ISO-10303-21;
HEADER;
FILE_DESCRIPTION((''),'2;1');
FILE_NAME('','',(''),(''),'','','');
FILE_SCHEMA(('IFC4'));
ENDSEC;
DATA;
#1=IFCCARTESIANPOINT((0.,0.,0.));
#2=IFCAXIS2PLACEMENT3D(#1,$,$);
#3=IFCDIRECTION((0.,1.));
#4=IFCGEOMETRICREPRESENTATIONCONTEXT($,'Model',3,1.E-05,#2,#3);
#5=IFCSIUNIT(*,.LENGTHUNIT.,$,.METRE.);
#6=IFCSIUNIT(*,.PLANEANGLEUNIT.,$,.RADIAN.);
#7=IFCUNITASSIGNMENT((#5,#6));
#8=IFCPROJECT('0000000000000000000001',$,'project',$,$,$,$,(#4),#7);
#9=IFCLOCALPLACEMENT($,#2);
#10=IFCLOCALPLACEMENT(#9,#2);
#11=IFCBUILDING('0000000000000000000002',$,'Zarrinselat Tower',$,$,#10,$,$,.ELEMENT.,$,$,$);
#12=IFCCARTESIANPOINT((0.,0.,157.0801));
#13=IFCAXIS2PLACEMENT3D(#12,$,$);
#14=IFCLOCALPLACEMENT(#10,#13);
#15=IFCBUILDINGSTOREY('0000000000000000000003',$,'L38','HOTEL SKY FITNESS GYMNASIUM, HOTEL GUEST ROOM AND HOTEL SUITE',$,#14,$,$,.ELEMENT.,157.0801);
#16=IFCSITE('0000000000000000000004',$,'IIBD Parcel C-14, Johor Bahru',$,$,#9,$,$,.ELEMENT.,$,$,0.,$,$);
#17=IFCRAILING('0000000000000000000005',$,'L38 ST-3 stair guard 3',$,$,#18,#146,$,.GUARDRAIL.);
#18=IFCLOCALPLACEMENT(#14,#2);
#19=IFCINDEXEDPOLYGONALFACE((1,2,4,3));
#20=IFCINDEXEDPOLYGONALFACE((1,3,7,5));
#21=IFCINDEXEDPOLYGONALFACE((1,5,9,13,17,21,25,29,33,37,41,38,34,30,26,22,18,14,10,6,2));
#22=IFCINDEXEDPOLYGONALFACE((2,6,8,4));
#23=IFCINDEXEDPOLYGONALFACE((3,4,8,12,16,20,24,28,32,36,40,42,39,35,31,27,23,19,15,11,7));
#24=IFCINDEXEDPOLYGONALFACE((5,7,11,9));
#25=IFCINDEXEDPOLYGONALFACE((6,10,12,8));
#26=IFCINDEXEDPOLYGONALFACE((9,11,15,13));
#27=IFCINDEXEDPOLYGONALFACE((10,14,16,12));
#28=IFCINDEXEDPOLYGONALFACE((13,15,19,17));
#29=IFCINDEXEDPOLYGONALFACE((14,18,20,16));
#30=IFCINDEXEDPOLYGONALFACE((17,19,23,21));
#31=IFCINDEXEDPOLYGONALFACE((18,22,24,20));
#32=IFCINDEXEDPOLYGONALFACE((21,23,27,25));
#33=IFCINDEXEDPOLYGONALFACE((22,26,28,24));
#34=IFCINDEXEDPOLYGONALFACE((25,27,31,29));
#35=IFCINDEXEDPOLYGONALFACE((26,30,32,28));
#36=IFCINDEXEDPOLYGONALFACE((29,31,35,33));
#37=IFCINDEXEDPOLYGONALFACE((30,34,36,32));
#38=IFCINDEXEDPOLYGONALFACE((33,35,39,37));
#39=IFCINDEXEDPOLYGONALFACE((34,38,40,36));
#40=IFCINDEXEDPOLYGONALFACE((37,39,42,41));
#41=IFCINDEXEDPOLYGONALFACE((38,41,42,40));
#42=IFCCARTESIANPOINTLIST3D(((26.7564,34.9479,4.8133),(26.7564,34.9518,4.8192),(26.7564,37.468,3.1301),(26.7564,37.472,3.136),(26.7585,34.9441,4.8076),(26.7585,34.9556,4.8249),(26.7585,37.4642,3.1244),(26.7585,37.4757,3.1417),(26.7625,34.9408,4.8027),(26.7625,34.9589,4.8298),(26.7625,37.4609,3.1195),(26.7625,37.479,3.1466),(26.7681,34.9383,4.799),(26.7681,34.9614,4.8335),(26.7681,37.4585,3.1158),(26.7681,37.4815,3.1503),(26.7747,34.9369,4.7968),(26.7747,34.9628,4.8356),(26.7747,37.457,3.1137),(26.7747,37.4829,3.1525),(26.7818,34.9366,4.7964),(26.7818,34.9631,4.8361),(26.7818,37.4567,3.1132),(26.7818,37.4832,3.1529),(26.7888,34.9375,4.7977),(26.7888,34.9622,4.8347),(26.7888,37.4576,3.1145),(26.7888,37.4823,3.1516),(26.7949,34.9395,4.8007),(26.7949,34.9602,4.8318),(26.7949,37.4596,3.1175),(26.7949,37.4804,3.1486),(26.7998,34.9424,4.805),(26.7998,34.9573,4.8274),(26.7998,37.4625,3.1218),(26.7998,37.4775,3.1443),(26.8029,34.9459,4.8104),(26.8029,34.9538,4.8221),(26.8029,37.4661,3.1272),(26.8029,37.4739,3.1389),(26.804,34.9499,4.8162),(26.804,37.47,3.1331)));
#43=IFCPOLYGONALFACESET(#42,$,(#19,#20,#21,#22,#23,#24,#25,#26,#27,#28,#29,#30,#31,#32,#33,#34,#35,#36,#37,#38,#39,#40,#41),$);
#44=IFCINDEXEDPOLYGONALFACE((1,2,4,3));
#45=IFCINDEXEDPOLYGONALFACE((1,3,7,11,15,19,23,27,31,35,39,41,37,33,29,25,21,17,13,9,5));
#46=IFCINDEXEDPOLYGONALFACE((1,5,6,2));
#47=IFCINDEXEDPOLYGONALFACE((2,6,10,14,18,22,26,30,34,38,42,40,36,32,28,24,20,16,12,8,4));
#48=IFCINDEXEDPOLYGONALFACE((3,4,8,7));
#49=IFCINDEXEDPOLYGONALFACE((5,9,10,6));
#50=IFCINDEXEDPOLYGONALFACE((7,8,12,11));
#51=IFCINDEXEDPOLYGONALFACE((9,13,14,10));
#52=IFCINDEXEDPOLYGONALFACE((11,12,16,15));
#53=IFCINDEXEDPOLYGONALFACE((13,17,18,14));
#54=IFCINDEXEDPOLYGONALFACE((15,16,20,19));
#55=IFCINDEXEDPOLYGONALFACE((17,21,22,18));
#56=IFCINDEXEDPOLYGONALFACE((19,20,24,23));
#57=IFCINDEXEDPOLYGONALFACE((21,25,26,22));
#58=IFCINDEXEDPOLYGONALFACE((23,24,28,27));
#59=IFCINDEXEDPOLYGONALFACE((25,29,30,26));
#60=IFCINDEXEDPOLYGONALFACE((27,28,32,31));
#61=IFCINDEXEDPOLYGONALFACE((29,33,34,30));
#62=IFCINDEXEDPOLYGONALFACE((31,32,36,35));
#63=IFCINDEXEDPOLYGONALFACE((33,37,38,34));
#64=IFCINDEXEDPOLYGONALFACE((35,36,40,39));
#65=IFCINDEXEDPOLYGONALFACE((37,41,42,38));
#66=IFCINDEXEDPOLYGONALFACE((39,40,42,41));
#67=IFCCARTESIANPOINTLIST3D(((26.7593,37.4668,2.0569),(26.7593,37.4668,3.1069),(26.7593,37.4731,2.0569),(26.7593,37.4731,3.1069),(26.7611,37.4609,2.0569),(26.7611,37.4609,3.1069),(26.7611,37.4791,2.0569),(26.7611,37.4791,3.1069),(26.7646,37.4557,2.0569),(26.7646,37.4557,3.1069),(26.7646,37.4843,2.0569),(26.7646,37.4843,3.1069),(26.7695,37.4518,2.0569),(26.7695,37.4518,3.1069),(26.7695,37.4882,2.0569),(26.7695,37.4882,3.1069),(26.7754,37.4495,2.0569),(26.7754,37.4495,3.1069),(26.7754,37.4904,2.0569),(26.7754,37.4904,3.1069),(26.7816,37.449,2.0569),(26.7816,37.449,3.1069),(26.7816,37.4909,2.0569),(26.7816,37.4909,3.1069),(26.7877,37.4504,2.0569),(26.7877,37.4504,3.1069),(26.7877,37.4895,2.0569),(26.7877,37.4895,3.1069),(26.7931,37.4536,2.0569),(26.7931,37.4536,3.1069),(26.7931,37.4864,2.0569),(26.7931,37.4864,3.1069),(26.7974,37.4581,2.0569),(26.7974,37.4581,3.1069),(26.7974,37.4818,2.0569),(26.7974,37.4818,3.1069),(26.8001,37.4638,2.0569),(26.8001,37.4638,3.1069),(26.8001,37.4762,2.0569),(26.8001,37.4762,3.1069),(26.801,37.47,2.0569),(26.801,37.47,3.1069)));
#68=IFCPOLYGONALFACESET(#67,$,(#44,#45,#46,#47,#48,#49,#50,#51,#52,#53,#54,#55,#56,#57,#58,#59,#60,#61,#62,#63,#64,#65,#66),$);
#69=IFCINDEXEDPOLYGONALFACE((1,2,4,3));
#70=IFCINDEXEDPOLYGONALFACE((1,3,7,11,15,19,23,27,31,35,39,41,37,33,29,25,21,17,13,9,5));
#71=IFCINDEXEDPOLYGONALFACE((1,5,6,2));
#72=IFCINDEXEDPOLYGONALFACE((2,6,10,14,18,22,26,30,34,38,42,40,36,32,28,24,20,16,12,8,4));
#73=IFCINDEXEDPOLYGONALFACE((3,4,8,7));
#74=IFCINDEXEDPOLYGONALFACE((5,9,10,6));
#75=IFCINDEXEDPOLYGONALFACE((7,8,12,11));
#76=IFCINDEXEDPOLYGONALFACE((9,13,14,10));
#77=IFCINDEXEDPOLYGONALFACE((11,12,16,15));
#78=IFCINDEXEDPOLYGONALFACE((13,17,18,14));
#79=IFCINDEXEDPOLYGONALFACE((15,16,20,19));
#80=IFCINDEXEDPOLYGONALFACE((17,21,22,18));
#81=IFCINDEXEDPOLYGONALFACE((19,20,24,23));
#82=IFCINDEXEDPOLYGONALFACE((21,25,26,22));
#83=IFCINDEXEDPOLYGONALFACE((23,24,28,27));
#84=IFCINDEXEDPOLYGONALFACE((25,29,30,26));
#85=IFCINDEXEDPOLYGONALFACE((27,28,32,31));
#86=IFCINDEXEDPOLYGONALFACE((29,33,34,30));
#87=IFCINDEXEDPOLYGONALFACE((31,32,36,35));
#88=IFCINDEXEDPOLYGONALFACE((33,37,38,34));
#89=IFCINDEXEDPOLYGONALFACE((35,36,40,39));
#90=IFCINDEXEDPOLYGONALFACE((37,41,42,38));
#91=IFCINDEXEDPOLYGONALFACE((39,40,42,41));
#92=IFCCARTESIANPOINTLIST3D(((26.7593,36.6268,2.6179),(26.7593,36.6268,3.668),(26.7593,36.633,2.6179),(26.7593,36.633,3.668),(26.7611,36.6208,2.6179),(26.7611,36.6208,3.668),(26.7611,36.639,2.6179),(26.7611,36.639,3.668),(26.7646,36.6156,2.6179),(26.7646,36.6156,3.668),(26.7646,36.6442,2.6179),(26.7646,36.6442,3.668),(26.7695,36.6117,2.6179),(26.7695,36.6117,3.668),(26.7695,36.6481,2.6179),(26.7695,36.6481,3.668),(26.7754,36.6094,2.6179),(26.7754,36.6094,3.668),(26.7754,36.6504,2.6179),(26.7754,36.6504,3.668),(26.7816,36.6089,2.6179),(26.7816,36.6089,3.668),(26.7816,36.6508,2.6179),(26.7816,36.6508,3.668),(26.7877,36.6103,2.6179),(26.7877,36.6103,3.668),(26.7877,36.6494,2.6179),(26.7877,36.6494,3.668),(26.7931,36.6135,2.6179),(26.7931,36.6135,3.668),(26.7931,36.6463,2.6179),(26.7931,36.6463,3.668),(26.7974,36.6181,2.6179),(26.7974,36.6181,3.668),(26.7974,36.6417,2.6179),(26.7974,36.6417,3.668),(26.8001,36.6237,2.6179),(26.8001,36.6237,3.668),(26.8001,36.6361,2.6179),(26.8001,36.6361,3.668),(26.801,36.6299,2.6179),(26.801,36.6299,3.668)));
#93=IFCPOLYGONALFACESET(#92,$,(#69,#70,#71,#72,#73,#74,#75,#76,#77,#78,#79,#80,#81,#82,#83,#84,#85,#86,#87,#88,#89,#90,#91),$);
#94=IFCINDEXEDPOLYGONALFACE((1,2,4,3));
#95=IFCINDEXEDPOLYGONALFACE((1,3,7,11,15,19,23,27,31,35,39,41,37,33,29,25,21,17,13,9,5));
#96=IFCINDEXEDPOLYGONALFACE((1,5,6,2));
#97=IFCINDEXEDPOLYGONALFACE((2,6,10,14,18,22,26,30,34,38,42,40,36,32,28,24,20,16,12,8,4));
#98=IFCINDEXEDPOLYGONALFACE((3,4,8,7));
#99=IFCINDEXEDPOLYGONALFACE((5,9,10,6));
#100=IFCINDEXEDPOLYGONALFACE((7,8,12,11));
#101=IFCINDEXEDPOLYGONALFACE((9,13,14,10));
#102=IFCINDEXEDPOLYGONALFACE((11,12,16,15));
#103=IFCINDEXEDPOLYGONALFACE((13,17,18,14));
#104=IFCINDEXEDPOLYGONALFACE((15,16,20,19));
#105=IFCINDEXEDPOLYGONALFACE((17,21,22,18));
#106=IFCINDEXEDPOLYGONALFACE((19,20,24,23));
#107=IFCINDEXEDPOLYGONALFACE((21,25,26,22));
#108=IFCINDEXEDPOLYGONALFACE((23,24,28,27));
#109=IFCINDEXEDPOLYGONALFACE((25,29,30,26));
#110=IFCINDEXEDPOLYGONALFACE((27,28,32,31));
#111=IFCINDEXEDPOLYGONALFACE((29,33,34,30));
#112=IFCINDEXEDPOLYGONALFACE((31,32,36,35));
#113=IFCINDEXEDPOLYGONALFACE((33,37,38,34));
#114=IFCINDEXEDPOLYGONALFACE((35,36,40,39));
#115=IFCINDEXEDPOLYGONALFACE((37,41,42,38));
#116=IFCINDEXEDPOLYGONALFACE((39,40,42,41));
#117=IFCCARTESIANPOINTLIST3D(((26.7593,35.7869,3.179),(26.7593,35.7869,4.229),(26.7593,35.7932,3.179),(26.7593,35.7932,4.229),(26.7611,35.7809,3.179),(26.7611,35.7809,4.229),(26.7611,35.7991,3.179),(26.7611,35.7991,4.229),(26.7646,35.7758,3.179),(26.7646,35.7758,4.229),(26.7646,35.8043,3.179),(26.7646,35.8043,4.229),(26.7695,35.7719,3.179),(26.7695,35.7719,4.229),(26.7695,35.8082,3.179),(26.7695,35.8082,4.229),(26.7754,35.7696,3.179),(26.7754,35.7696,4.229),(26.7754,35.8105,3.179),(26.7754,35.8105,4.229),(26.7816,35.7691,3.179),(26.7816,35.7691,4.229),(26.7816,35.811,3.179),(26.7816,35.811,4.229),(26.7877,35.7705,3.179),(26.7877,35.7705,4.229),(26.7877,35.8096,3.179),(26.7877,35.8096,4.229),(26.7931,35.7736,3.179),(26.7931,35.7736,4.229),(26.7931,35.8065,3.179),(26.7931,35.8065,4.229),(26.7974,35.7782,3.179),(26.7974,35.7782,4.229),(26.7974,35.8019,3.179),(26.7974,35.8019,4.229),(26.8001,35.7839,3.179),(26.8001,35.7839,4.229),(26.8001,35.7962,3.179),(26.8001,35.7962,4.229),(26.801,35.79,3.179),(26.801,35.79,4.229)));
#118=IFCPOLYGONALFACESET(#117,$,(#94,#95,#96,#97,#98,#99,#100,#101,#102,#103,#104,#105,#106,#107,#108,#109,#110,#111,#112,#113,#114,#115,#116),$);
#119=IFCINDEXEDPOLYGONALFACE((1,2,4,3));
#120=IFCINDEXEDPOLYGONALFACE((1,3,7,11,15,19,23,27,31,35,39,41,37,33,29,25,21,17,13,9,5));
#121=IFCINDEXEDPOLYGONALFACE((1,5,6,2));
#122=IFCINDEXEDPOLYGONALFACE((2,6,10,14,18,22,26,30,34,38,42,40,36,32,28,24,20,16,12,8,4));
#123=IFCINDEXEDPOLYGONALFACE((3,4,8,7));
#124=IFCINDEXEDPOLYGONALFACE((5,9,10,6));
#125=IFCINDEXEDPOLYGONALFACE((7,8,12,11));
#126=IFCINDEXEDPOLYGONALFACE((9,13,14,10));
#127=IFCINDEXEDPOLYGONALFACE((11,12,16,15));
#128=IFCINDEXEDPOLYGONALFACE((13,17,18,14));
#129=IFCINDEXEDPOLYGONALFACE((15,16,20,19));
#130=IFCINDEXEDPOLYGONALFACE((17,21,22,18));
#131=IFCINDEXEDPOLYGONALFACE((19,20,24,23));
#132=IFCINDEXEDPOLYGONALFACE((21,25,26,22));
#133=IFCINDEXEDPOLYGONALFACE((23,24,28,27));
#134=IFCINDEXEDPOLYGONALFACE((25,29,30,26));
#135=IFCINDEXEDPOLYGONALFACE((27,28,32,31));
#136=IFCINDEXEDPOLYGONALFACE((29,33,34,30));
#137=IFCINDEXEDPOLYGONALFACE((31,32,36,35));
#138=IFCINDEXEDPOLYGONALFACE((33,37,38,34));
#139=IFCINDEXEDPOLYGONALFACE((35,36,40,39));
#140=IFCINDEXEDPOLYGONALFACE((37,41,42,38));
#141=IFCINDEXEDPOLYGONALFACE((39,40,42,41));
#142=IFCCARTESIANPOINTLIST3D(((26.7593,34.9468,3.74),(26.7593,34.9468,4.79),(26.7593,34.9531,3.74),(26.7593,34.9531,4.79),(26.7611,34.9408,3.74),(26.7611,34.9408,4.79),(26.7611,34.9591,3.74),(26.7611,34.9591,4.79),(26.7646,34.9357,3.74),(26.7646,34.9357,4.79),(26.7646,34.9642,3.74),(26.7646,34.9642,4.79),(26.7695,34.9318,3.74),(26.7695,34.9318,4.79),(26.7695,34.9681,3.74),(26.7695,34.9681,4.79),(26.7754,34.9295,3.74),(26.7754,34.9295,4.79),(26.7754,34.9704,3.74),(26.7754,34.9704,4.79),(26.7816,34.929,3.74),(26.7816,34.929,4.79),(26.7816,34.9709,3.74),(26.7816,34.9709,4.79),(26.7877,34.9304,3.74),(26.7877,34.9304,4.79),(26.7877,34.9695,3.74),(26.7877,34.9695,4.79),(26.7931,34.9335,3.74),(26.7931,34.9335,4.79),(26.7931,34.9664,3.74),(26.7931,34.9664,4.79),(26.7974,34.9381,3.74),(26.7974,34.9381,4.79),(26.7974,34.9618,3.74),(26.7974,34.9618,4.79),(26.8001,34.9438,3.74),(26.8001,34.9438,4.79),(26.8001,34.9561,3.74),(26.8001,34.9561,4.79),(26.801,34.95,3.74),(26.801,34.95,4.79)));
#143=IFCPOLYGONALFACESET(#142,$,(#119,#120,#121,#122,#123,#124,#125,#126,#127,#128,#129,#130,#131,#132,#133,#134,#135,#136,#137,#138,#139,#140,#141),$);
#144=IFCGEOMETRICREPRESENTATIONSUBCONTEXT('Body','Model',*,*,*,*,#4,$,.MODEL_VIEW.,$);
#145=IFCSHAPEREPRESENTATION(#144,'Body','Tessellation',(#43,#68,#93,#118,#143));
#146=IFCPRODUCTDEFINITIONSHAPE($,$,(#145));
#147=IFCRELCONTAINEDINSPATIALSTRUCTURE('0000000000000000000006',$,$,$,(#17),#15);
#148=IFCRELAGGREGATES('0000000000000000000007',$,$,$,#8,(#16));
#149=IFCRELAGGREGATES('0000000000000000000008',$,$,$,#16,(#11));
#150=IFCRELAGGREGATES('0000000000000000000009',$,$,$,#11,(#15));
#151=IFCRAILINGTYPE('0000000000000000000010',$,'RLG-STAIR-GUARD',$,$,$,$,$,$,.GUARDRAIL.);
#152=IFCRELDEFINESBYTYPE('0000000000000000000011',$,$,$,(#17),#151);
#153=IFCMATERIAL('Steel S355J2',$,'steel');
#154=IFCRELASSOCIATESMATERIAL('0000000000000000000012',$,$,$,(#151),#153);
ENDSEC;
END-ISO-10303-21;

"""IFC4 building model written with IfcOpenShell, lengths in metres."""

from ifc_helpers import new_model, si_unit, direction, frame, origin, origin_2d, place, context, subcontext, project, spatial, circle, extrude, material, type_object, element, save


model = new_model("IFC4")

# Units and contexts
model_context = context("Model", 3, precision=1e-05, world=origin(), true_north=direction((0.0, 1.0)))
body_context = subcontext(model_context, "Body", "Model", "MODEL_VIEW")
ifc_project = project(units=[si_unit("LENGTHUNIT", "METRE"), si_unit("PLANEANGLEUNIT", "RADIAN")], contexts=[model_context])

# Site, building, storey
site_placement = place(None, origin())
site = spatial("IfcSite", under=ifc_project, at=site_placement, Name="IIBD Parcel C-14, Johor Bahru", CompositionType="ELEMENT", RefElevation=0.0)
building_placement = place(site_placement, origin())
building = spatial("IfcBuilding", under=site, at=building_placement, Name="Zarrinselat Tower", CompositionType="ELEMENT")
storey_placement = place(building_placement, frame((0.0, 0.0, 157.0801)))
storey = spatial("IfcBuildingStorey", under=building, at=storey_placement, Name="L38", Description="HOTEL SKY FITNESS GYMNASIUM, HOTEL GUEST ROOM AND HOTEL SUITE", CompositionType="ELEMENT", Elevation=157.0801)

# Railing
ifc_material_1 = material(Name="Steel S355J2", Category="steel")
railing_type_1 = type_object("IfcRailingType", Name="RLG-STAIR-GUARD", PredefinedType="GUARDRAIL", material=ifc_material_1)
railing_1_placement = place(storey_placement, frame((26.78, 37.47, 2.0569)))
element("IfcRailing", 1, at=railing_1_placement, inside=storey, type_object=railing_type_1, Name="L38 ST-3 stair guard 3", PredefinedType="GUARDRAIL", context=body_context, shape_type="SweptSolid", body=[
    extrude(circle(Radius=0.0239, at=origin_2d()), frame((0.0, 0.0, 1.0762), z_axis=(0.0, -0.831579, 0.555406), x_axis=(1.0, 0.0, 0.0)), (0.0, 0.0, 1.0), 3.0305),
    extrude(circle(Radius=0.021, at=origin_2d()), origin(), (0.0, 0.0, 1.0), 1.05),
    extrude(circle(Radius=0.021, at=origin_2d()), frame((0.0, -0.8401, 0.561)), (0.0, 0.0, 1.0), 1.05),
    extrude(circle(Radius=0.021, at=origin_2d()), frame((0.0, -1.6799, 1.1221)), (0.0, 0.0, 1.0), 1.05),
    extrude(circle(Radius=0.021, at=origin_2d()), frame((0.0, -2.52, 1.6831)), (0.0, 0.0, 1.0), 1.05),
])

save(model, "model.ifc")
